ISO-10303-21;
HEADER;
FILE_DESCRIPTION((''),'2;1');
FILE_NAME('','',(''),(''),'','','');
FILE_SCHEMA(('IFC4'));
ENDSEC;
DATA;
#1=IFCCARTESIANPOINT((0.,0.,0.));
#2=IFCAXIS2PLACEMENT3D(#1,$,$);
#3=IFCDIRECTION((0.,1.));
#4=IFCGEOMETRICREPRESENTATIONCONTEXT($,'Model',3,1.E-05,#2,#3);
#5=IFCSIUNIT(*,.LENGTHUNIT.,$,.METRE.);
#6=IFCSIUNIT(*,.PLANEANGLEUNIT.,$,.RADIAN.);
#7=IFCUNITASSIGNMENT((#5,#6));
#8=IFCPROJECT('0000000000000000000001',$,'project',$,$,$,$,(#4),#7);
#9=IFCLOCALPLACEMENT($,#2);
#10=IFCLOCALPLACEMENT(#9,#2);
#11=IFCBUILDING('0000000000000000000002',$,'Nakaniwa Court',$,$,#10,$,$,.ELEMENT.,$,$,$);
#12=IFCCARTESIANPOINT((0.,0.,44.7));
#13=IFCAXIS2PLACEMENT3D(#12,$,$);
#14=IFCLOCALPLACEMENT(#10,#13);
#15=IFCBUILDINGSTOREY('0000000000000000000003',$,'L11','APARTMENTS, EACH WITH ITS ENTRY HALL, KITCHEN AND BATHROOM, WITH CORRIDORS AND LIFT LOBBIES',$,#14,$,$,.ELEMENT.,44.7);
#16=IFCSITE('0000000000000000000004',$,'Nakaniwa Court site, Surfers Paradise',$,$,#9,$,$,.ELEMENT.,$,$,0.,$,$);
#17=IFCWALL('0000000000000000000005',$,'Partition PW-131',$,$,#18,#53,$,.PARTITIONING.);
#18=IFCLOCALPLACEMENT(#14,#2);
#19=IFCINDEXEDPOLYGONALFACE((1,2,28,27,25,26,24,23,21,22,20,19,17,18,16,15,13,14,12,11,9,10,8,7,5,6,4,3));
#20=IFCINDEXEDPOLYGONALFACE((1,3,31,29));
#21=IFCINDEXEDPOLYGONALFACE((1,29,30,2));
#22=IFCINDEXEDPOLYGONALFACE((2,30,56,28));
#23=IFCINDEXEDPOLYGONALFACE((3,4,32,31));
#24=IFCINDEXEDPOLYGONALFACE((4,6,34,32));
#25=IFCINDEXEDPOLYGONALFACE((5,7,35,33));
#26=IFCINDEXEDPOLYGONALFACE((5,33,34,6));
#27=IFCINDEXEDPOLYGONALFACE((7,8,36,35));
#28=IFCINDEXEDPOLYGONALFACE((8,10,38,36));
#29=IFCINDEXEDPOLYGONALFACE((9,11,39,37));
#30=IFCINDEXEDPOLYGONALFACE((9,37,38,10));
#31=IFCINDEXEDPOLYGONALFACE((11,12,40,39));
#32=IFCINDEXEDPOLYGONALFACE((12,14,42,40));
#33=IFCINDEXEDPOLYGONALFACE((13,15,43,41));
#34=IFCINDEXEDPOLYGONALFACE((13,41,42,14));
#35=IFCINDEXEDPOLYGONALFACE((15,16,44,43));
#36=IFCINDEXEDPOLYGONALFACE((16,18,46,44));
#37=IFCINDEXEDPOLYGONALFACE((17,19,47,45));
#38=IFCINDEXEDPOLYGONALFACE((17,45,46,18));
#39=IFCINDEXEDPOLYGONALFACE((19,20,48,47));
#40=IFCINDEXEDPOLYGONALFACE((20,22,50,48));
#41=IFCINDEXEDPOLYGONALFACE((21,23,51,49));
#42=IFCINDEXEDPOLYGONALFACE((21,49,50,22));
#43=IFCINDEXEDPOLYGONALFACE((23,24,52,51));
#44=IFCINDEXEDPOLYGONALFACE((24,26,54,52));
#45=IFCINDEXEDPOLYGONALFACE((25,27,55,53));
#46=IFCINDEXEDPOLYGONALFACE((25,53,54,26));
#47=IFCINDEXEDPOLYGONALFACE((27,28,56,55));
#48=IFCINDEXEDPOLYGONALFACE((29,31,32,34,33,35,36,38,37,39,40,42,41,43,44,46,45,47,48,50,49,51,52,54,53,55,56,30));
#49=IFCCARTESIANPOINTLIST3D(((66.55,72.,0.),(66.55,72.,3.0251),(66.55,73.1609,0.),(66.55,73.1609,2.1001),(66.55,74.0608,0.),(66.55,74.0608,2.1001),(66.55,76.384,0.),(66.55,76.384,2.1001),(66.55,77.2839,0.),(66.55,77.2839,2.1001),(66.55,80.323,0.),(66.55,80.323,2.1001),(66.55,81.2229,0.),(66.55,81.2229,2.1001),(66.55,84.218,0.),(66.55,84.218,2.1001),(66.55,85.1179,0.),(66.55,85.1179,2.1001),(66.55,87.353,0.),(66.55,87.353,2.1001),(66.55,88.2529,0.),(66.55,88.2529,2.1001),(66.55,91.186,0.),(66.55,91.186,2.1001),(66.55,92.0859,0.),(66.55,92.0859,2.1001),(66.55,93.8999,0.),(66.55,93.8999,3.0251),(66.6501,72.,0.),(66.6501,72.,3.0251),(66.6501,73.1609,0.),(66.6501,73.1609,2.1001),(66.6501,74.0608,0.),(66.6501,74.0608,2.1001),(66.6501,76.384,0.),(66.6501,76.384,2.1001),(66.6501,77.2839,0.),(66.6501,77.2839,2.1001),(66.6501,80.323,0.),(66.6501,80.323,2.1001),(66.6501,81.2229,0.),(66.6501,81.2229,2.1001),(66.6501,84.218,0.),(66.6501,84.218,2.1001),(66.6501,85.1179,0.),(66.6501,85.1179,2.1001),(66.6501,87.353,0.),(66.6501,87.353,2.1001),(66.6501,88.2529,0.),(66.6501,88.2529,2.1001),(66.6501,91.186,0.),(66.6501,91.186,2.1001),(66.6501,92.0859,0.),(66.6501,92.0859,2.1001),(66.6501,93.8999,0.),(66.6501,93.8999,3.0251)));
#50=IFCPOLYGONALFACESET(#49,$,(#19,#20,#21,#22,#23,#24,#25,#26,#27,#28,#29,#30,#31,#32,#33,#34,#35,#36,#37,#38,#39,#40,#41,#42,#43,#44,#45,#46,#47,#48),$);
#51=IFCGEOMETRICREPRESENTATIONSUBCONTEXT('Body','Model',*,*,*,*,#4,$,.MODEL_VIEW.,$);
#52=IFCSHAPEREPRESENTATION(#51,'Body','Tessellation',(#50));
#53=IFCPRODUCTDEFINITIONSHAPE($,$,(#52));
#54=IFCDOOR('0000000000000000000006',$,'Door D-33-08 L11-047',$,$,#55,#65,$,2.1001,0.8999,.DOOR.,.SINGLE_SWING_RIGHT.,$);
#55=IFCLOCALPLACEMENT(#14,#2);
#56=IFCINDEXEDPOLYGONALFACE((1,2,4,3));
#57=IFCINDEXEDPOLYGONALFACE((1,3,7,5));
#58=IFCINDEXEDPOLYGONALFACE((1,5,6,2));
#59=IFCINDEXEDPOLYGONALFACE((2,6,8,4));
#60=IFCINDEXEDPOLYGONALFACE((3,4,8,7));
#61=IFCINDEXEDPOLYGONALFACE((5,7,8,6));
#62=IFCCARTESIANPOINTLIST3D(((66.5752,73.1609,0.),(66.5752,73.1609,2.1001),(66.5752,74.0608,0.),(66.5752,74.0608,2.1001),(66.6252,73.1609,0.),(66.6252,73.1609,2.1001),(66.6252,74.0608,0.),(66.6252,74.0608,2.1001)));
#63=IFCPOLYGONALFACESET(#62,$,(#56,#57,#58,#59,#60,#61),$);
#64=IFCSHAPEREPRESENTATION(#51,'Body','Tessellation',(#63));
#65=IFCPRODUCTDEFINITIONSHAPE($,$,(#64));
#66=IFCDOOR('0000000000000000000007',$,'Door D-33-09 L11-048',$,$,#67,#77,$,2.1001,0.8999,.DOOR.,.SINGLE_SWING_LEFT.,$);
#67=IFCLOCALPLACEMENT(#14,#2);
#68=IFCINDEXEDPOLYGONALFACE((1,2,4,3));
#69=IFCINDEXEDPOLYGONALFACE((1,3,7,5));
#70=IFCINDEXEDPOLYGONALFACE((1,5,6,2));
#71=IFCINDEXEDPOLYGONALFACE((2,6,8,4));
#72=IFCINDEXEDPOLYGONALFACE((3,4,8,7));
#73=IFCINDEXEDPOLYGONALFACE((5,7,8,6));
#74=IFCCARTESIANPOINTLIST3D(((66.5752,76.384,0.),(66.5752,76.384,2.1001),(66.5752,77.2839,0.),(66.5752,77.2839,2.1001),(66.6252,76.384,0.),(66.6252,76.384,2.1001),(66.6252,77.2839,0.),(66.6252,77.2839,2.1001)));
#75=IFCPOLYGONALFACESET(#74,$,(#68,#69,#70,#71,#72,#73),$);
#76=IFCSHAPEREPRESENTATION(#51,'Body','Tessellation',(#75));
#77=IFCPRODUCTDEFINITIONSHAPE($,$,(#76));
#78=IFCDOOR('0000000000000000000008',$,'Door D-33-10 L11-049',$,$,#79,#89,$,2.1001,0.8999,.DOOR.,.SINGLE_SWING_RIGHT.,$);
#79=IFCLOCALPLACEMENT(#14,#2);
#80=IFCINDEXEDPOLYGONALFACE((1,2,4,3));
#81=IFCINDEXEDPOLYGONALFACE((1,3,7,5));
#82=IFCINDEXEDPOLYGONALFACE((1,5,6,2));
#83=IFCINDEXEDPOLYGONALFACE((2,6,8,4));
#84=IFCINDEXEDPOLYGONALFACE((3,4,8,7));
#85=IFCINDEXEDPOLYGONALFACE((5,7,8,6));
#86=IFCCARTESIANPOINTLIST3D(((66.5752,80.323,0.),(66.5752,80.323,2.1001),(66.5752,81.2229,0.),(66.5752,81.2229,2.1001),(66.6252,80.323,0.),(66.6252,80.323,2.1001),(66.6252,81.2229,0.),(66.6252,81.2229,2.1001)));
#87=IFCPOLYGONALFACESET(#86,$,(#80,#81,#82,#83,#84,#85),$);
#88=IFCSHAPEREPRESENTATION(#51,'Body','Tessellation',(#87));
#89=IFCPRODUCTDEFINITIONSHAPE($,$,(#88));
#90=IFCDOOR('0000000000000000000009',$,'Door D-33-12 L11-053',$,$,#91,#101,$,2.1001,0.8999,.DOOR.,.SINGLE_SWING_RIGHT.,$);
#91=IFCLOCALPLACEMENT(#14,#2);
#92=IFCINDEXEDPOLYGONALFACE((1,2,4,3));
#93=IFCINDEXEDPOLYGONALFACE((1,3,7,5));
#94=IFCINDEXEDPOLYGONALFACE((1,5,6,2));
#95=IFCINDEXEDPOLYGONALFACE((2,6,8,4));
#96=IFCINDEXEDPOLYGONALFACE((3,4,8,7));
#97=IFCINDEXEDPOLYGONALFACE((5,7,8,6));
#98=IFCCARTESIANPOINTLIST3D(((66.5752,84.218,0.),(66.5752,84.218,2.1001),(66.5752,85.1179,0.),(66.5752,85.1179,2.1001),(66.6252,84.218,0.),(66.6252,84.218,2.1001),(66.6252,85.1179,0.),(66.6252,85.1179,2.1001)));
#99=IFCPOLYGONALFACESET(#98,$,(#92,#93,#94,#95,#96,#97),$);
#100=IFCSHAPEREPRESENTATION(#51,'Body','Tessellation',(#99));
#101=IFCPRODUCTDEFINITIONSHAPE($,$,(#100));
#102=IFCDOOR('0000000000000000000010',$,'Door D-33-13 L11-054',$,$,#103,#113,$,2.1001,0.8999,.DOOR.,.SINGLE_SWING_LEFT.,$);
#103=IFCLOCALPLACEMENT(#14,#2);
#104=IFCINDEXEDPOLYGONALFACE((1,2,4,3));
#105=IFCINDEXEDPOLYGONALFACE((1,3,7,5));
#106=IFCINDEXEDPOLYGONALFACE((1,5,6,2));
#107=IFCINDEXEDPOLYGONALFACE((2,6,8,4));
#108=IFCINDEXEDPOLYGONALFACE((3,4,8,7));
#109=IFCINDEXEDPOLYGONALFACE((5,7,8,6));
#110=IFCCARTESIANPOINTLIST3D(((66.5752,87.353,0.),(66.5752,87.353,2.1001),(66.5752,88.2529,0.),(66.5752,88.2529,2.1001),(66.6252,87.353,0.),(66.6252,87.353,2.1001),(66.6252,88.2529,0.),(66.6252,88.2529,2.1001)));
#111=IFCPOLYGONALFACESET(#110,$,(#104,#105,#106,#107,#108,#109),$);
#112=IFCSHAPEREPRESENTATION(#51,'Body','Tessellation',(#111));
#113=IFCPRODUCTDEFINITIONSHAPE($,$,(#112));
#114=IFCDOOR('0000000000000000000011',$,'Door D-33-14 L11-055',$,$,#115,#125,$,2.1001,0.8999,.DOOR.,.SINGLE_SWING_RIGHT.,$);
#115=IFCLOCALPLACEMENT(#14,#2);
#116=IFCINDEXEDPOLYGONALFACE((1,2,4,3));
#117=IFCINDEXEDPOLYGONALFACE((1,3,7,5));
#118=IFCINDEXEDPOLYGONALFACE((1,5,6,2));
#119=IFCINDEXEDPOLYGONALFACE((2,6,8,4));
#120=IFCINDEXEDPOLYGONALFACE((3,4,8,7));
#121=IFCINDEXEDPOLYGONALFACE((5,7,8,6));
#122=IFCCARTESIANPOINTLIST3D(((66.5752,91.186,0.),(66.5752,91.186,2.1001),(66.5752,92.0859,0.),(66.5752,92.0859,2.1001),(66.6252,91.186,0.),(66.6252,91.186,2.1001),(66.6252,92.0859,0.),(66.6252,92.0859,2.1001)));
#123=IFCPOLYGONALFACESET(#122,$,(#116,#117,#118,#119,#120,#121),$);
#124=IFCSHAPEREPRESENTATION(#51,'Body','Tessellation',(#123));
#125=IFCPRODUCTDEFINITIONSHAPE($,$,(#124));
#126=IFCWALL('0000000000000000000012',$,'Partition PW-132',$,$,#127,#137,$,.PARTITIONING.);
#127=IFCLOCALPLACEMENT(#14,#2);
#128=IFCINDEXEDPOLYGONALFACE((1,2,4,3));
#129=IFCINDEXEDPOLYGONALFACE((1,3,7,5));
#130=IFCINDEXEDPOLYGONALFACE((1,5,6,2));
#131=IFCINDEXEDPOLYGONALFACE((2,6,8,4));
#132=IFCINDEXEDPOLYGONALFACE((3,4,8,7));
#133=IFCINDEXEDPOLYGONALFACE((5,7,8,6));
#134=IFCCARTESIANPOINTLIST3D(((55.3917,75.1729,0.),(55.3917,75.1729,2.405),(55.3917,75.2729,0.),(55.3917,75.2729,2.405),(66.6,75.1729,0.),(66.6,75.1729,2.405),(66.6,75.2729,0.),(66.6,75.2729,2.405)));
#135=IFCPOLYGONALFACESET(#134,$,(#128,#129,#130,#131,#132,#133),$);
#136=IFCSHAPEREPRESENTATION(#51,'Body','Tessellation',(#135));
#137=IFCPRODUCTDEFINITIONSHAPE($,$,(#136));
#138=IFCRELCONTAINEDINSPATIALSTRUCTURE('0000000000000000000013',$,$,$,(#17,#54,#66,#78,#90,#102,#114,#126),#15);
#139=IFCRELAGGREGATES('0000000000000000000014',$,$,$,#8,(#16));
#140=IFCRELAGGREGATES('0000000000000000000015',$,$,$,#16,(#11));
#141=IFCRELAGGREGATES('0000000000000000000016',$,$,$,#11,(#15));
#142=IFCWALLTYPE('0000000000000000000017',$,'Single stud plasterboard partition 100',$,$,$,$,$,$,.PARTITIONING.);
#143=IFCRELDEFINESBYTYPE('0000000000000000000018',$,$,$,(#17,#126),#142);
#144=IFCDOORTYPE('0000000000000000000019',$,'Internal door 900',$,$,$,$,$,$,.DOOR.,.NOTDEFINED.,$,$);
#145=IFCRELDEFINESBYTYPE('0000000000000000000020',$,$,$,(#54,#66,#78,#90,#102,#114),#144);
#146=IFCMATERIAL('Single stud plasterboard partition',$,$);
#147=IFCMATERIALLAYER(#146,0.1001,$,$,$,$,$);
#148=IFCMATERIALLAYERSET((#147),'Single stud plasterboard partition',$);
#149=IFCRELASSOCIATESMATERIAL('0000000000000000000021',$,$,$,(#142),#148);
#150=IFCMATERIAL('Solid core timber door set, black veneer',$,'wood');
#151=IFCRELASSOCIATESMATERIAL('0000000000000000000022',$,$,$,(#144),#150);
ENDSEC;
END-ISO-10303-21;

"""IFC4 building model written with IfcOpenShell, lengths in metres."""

from ifc_helpers import new_model, si_unit, direction, frame, frame_2d, origin, place, context, subcontext, project, spatial, rectangle, extrude, material, layer, layer_set, type_object, element, fill, save


model = new_model("IFC4")

# Units and contexts
model_context = context("Model", 3, precision=1e-05, world=origin(), true_north=direction((0.0, 1.0)))
body_context = subcontext(model_context, "Body", "Model", "MODEL_VIEW")
ifc_project = project(units=[si_unit("LENGTHUNIT", "METRE"), si_unit("PLANEANGLEUNIT", "RADIAN")], contexts=[model_context])

# Site, building, storey
site_placement = place(None, origin())
site = spatial("IfcSite", under=ifc_project, at=site_placement, Name="Nakaniwa Court site, Surfers Paradise", CompositionType="ELEMENT", RefElevation=0.0)
building_placement = place(site_placement, origin())
building = spatial("IfcBuilding", under=site, at=building_placement, Name="Nakaniwa Court", CompositionType="ELEMENT")
storey_placement = place(building_placement, frame((0.0, 0.0, 44.7)))
storey = spatial("IfcBuildingStorey", under=building, at=storey_placement, Name="L11", Description="APARTMENTS, EACH WITH ITS ENTRY HALL, KITCHEN AND BATHROOM, WITH CORRIDORS AND LIFT LOBBIES", CompositionType="ELEMENT", Elevation=44.7)

# Shared definitions
ifc_material_1 = material(Name="Single stud plasterboard partition")
ifc_layer_1 = layer(ifc_material_1, 0.1001)
ifc_layer_set_1 = layer_set([ifc_layer_1], Name="Single stud plasterboard partition")
wall_type_1 = type_object("IfcWallType", Name="Single stud plasterboard partition 100", PredefinedType="PARTITIONING", material=ifc_layer_set_1)

# Wall, openings, doors
wall_1_placement = place(storey_placement, frame((66.6001, 72.0, 0.0), z_axis=(0.0, 0.0, 1.0), x_axis=(0.0, 1.0, 0.0)))
wall_1 = element("IfcWall", 1, at=wall_1_placement, inside=storey, type_object=wall_type_1, Name="Partition PW-131", PredefinedType="PARTITIONING", context=body_context, shape_type="SweptSolid", body=[
    extrude(rectangle(XDim=21.8999, YDim=0.1001, at=frame_2d((10.95, 0.0))), origin(), (0.0, 0.0, 1.0), 3.0251),
])
opening_1_placement = place(wall_1_placement, frame((1.1609, 0.0, 0.0)))
opening_1 = element("IfcOpeningElement", 2, at=opening_1_placement, cuts=wall_1, PredefinedType="OPENING", context=body_context, shape_type="SweptSolid", body=[
    extrude(rectangle(XDim=0.8999, YDim=2.1001, at=frame_2d((0.45, 1.05))), frame((0.0, 0.0601, 0.0), z_axis=(0.0, -1.0, 0.0), x_axis=(1.0, 0.0, 0.0)), (0.0, 0.0, 1.0), 0.1201),
])
opening_2_placement = place(wall_1_placement, frame((4.384, 0.0, 0.0)))
opening_2 = element("IfcOpeningElement", 3, at=opening_2_placement, cuts=wall_1, PredefinedType="OPENING", context=body_context, shape_type="SweptSolid", body=[
    extrude(rectangle(XDim=0.8999, YDim=2.1001, at=frame_2d((0.45, 1.05))), frame((0.0, 0.0601, 0.0), z_axis=(0.0, -1.0, 0.0), x_axis=(1.0, 0.0, 0.0)), (0.0, 0.0, 1.0), 0.1201),
])
opening_3_placement = place(wall_1_placement, frame((8.323, 0.0, 0.0)))
opening_3 = element("IfcOpeningElement", 4, at=opening_3_placement, cuts=wall_1, PredefinedType="OPENING", context=body_context, shape_type="SweptSolid", body=[
    extrude(rectangle(XDim=0.8999, YDim=2.1001, at=frame_2d((0.45, 1.05))), frame((0.0, 0.0601, 0.0), z_axis=(0.0, -1.0, 0.0), x_axis=(1.0, 0.0, 0.0)), (0.0, 0.0, 1.0), 0.1201),
])
opening_4_placement = place(wall_1_placement, frame((12.218, 0.0, 0.0)))
opening_4 = element("IfcOpeningElement", 5, at=opening_4_placement, cuts=wall_1, PredefinedType="OPENING", context=body_context, shape_type="SweptSolid", body=[
    extrude(rectangle(XDim=0.8999, YDim=2.1001, at=frame_2d((0.45, 1.05))), frame((0.0, 0.0601, 0.0), z_axis=(0.0, -1.0, 0.0), x_axis=(1.0, 0.0, 0.0)), (0.0, 0.0, 1.0), 0.1201),
])
opening_5_placement = place(wall_1_placement, frame((15.353, 0.0, 0.0)))
opening_5 = element("IfcOpeningElement", 6, at=opening_5_placement, cuts=wall_1, PredefinedType="OPENING", context=body_context, shape_type="SweptSolid", body=[
    extrude(rectangle(XDim=0.8999, YDim=2.1001, at=frame_2d((0.45, 1.05))), frame((0.0, 0.0601, 0.0), z_axis=(0.0, -1.0, 0.0), x_axis=(1.0, 0.0, 0.0)), (0.0, 0.0, 1.0), 0.1201),
])
opening_6_placement = place(wall_1_placement, frame((19.186, 0.0, 0.0)))
opening_6 = element("IfcOpeningElement", 7, at=opening_6_placement, cuts=wall_1, PredefinedType="OPENING", context=body_context, shape_type="SweptSolid", body=[
    extrude(rectangle(XDim=0.8999, YDim=2.1001, at=frame_2d((0.45, 1.05))), frame((0.0, 0.0601, 0.0), z_axis=(0.0, -1.0, 0.0), x_axis=(1.0, 0.0, 0.0)), (0.0, 0.0, 1.0), 0.1201),
])
ifc_material_2 = material(Name="Solid core timber door set, black veneer", Category="wood")
door_type = type_object("IfcDoorType", Name="Internal door 900", OperationType="NOTDEFINED", PredefinedType="DOOR", material=ifc_material_2)
door_1_placement = place(opening_1_placement, origin())
door_1 = element("IfcDoor", 8, at=door_1_placement, inside=storey, type_object=door_type, Name="Door D-33-08 L11-047", OperationType="SINGLE_SWING_RIGHT", OverallHeight=2.1001, OverallWidth=0.8999, PredefinedType="DOOR", context=body_context, shape_type="SweptSolid", body=[
    extrude(rectangle(XDim=0.8999, YDim=2.1001, at=frame_2d((0.45, 1.05))), frame((0.0, 0.0249, 0.0), z_axis=(0.0, -1.0, 0.0), x_axis=(1.0, 0.0, 0.0)), (0.0, 0.0, 1.0), 0.05),
])
fill(opening_1, door_1)
door_2_placement = place(opening_2_placement, origin())
door_2 = element("IfcDoor", 9, at=door_2_placement, inside=storey, type_object=door_type, Name="Door D-33-09 L11-048", OperationType="SINGLE_SWING_LEFT", OverallHeight=2.1001, OverallWidth=0.8999, PredefinedType="DOOR", context=body_context, shape_type="SweptSolid", body=[
    extrude(rectangle(XDim=0.8999, YDim=2.1001, at=frame_2d((0.45, 1.05))), frame((0.0, 0.0249, 0.0), z_axis=(0.0, -1.0, 0.0), x_axis=(1.0, 0.0, 0.0)), (0.0, 0.0, 1.0), 0.05),
])
fill(opening_2, door_2)
door_3_placement = place(opening_3_placement, origin())
door_3 = element("IfcDoor", 10, at=door_3_placement, inside=storey, type_object=door_type, Name="Door D-33-10 L11-049", OperationType="SINGLE_SWING_RIGHT", OverallHeight=2.1001, OverallWidth=0.8999, PredefinedType="DOOR", context=body_context, shape_type="SweptSolid", body=[
    extrude(rectangle(XDim=0.8999, YDim=2.1001, at=frame_2d((0.45, 1.05))), frame((0.0, 0.0249, 0.0), z_axis=(0.0, -1.0, 0.0), x_axis=(1.0, 0.0, 0.0)), (0.0, 0.0, 1.0), 0.05),
])
fill(opening_3, door_3)
door_4_placement = place(opening_4_placement, origin())
door_4 = element("IfcDoor", 11, at=door_4_placement, inside=storey, type_object=door_type, Name="Door D-33-12 L11-053", OperationType="SINGLE_SWING_RIGHT", OverallHeight=2.1001, OverallWidth=0.8999, PredefinedType="DOOR", context=body_context, shape_type="SweptSolid", body=[
    extrude(rectangle(XDim=0.8999, YDim=2.1001, at=frame_2d((0.45, 1.05))), frame((0.0, 0.0249, 0.0), z_axis=(0.0, -1.0, 0.0), x_axis=(1.0, 0.0, 0.0)), (0.0, 0.0, 1.0), 0.05),
])
fill(opening_4, door_4)
door_5_placement = place(opening_5_placement, origin())
door_5 = element("IfcDoor", 12, at=door_5_placement, inside=storey, type_object=door_type, Name="Door D-33-13 L11-054", OperationType="SINGLE_SWING_LEFT", OverallHeight=2.1001, OverallWidth=0.8999, PredefinedType="DOOR", context=body_context, shape_type="SweptSolid", body=[
    extrude(rectangle(XDim=0.8999, YDim=2.1001, at=frame_2d((0.45, 1.05))), frame((0.0, 0.0249, 0.0), z_axis=(0.0, -1.0, 0.0), x_axis=(1.0, 0.0, 0.0)), (0.0, 0.0, 1.0), 0.05),
])
fill(opening_5, door_5)
door_6_placement = place(opening_6_placement, origin())
door_6 = element("IfcDoor", 13, at=door_6_placement, inside=storey, type_object=door_type, Name="Door D-33-14 L11-055", OperationType="SINGLE_SWING_RIGHT", OverallHeight=2.1001, OverallWidth=0.8999, PredefinedType="DOOR", context=body_context, shape_type="SweptSolid", body=[
    extrude(rectangle(XDim=0.8999, YDim=2.1001, at=frame_2d((0.45, 1.05))), frame((0.0, 0.0249, 0.0), z_axis=(0.0, -1.0, 0.0), x_axis=(1.0, 0.0, 0.0)), (0.0, 0.0, 1.0), 0.05),
])
fill(opening_6, door_6)

# Wall
wall_2_placement = place(storey_placement, frame((55.3918, 75.2229, 0.0), z_axis=(0.0, 0.0, 1.0), x_axis=(1.0, 0.0, 0.0)))
element("IfcWall", 14, at=wall_2_placement, inside=storey, type_object=wall_type_1, Name="Partition PW-132", PredefinedType="PARTITIONING", context=body_context, shape_type="SweptSolid", body=[
    extrude(rectangle(XDim=11.2083, YDim=0.1001, at=frame_2d((5.604, 0.0))), origin(), (0.0, 0.0, 1.0), 2.405),
])

save(model, "model.ifc")
